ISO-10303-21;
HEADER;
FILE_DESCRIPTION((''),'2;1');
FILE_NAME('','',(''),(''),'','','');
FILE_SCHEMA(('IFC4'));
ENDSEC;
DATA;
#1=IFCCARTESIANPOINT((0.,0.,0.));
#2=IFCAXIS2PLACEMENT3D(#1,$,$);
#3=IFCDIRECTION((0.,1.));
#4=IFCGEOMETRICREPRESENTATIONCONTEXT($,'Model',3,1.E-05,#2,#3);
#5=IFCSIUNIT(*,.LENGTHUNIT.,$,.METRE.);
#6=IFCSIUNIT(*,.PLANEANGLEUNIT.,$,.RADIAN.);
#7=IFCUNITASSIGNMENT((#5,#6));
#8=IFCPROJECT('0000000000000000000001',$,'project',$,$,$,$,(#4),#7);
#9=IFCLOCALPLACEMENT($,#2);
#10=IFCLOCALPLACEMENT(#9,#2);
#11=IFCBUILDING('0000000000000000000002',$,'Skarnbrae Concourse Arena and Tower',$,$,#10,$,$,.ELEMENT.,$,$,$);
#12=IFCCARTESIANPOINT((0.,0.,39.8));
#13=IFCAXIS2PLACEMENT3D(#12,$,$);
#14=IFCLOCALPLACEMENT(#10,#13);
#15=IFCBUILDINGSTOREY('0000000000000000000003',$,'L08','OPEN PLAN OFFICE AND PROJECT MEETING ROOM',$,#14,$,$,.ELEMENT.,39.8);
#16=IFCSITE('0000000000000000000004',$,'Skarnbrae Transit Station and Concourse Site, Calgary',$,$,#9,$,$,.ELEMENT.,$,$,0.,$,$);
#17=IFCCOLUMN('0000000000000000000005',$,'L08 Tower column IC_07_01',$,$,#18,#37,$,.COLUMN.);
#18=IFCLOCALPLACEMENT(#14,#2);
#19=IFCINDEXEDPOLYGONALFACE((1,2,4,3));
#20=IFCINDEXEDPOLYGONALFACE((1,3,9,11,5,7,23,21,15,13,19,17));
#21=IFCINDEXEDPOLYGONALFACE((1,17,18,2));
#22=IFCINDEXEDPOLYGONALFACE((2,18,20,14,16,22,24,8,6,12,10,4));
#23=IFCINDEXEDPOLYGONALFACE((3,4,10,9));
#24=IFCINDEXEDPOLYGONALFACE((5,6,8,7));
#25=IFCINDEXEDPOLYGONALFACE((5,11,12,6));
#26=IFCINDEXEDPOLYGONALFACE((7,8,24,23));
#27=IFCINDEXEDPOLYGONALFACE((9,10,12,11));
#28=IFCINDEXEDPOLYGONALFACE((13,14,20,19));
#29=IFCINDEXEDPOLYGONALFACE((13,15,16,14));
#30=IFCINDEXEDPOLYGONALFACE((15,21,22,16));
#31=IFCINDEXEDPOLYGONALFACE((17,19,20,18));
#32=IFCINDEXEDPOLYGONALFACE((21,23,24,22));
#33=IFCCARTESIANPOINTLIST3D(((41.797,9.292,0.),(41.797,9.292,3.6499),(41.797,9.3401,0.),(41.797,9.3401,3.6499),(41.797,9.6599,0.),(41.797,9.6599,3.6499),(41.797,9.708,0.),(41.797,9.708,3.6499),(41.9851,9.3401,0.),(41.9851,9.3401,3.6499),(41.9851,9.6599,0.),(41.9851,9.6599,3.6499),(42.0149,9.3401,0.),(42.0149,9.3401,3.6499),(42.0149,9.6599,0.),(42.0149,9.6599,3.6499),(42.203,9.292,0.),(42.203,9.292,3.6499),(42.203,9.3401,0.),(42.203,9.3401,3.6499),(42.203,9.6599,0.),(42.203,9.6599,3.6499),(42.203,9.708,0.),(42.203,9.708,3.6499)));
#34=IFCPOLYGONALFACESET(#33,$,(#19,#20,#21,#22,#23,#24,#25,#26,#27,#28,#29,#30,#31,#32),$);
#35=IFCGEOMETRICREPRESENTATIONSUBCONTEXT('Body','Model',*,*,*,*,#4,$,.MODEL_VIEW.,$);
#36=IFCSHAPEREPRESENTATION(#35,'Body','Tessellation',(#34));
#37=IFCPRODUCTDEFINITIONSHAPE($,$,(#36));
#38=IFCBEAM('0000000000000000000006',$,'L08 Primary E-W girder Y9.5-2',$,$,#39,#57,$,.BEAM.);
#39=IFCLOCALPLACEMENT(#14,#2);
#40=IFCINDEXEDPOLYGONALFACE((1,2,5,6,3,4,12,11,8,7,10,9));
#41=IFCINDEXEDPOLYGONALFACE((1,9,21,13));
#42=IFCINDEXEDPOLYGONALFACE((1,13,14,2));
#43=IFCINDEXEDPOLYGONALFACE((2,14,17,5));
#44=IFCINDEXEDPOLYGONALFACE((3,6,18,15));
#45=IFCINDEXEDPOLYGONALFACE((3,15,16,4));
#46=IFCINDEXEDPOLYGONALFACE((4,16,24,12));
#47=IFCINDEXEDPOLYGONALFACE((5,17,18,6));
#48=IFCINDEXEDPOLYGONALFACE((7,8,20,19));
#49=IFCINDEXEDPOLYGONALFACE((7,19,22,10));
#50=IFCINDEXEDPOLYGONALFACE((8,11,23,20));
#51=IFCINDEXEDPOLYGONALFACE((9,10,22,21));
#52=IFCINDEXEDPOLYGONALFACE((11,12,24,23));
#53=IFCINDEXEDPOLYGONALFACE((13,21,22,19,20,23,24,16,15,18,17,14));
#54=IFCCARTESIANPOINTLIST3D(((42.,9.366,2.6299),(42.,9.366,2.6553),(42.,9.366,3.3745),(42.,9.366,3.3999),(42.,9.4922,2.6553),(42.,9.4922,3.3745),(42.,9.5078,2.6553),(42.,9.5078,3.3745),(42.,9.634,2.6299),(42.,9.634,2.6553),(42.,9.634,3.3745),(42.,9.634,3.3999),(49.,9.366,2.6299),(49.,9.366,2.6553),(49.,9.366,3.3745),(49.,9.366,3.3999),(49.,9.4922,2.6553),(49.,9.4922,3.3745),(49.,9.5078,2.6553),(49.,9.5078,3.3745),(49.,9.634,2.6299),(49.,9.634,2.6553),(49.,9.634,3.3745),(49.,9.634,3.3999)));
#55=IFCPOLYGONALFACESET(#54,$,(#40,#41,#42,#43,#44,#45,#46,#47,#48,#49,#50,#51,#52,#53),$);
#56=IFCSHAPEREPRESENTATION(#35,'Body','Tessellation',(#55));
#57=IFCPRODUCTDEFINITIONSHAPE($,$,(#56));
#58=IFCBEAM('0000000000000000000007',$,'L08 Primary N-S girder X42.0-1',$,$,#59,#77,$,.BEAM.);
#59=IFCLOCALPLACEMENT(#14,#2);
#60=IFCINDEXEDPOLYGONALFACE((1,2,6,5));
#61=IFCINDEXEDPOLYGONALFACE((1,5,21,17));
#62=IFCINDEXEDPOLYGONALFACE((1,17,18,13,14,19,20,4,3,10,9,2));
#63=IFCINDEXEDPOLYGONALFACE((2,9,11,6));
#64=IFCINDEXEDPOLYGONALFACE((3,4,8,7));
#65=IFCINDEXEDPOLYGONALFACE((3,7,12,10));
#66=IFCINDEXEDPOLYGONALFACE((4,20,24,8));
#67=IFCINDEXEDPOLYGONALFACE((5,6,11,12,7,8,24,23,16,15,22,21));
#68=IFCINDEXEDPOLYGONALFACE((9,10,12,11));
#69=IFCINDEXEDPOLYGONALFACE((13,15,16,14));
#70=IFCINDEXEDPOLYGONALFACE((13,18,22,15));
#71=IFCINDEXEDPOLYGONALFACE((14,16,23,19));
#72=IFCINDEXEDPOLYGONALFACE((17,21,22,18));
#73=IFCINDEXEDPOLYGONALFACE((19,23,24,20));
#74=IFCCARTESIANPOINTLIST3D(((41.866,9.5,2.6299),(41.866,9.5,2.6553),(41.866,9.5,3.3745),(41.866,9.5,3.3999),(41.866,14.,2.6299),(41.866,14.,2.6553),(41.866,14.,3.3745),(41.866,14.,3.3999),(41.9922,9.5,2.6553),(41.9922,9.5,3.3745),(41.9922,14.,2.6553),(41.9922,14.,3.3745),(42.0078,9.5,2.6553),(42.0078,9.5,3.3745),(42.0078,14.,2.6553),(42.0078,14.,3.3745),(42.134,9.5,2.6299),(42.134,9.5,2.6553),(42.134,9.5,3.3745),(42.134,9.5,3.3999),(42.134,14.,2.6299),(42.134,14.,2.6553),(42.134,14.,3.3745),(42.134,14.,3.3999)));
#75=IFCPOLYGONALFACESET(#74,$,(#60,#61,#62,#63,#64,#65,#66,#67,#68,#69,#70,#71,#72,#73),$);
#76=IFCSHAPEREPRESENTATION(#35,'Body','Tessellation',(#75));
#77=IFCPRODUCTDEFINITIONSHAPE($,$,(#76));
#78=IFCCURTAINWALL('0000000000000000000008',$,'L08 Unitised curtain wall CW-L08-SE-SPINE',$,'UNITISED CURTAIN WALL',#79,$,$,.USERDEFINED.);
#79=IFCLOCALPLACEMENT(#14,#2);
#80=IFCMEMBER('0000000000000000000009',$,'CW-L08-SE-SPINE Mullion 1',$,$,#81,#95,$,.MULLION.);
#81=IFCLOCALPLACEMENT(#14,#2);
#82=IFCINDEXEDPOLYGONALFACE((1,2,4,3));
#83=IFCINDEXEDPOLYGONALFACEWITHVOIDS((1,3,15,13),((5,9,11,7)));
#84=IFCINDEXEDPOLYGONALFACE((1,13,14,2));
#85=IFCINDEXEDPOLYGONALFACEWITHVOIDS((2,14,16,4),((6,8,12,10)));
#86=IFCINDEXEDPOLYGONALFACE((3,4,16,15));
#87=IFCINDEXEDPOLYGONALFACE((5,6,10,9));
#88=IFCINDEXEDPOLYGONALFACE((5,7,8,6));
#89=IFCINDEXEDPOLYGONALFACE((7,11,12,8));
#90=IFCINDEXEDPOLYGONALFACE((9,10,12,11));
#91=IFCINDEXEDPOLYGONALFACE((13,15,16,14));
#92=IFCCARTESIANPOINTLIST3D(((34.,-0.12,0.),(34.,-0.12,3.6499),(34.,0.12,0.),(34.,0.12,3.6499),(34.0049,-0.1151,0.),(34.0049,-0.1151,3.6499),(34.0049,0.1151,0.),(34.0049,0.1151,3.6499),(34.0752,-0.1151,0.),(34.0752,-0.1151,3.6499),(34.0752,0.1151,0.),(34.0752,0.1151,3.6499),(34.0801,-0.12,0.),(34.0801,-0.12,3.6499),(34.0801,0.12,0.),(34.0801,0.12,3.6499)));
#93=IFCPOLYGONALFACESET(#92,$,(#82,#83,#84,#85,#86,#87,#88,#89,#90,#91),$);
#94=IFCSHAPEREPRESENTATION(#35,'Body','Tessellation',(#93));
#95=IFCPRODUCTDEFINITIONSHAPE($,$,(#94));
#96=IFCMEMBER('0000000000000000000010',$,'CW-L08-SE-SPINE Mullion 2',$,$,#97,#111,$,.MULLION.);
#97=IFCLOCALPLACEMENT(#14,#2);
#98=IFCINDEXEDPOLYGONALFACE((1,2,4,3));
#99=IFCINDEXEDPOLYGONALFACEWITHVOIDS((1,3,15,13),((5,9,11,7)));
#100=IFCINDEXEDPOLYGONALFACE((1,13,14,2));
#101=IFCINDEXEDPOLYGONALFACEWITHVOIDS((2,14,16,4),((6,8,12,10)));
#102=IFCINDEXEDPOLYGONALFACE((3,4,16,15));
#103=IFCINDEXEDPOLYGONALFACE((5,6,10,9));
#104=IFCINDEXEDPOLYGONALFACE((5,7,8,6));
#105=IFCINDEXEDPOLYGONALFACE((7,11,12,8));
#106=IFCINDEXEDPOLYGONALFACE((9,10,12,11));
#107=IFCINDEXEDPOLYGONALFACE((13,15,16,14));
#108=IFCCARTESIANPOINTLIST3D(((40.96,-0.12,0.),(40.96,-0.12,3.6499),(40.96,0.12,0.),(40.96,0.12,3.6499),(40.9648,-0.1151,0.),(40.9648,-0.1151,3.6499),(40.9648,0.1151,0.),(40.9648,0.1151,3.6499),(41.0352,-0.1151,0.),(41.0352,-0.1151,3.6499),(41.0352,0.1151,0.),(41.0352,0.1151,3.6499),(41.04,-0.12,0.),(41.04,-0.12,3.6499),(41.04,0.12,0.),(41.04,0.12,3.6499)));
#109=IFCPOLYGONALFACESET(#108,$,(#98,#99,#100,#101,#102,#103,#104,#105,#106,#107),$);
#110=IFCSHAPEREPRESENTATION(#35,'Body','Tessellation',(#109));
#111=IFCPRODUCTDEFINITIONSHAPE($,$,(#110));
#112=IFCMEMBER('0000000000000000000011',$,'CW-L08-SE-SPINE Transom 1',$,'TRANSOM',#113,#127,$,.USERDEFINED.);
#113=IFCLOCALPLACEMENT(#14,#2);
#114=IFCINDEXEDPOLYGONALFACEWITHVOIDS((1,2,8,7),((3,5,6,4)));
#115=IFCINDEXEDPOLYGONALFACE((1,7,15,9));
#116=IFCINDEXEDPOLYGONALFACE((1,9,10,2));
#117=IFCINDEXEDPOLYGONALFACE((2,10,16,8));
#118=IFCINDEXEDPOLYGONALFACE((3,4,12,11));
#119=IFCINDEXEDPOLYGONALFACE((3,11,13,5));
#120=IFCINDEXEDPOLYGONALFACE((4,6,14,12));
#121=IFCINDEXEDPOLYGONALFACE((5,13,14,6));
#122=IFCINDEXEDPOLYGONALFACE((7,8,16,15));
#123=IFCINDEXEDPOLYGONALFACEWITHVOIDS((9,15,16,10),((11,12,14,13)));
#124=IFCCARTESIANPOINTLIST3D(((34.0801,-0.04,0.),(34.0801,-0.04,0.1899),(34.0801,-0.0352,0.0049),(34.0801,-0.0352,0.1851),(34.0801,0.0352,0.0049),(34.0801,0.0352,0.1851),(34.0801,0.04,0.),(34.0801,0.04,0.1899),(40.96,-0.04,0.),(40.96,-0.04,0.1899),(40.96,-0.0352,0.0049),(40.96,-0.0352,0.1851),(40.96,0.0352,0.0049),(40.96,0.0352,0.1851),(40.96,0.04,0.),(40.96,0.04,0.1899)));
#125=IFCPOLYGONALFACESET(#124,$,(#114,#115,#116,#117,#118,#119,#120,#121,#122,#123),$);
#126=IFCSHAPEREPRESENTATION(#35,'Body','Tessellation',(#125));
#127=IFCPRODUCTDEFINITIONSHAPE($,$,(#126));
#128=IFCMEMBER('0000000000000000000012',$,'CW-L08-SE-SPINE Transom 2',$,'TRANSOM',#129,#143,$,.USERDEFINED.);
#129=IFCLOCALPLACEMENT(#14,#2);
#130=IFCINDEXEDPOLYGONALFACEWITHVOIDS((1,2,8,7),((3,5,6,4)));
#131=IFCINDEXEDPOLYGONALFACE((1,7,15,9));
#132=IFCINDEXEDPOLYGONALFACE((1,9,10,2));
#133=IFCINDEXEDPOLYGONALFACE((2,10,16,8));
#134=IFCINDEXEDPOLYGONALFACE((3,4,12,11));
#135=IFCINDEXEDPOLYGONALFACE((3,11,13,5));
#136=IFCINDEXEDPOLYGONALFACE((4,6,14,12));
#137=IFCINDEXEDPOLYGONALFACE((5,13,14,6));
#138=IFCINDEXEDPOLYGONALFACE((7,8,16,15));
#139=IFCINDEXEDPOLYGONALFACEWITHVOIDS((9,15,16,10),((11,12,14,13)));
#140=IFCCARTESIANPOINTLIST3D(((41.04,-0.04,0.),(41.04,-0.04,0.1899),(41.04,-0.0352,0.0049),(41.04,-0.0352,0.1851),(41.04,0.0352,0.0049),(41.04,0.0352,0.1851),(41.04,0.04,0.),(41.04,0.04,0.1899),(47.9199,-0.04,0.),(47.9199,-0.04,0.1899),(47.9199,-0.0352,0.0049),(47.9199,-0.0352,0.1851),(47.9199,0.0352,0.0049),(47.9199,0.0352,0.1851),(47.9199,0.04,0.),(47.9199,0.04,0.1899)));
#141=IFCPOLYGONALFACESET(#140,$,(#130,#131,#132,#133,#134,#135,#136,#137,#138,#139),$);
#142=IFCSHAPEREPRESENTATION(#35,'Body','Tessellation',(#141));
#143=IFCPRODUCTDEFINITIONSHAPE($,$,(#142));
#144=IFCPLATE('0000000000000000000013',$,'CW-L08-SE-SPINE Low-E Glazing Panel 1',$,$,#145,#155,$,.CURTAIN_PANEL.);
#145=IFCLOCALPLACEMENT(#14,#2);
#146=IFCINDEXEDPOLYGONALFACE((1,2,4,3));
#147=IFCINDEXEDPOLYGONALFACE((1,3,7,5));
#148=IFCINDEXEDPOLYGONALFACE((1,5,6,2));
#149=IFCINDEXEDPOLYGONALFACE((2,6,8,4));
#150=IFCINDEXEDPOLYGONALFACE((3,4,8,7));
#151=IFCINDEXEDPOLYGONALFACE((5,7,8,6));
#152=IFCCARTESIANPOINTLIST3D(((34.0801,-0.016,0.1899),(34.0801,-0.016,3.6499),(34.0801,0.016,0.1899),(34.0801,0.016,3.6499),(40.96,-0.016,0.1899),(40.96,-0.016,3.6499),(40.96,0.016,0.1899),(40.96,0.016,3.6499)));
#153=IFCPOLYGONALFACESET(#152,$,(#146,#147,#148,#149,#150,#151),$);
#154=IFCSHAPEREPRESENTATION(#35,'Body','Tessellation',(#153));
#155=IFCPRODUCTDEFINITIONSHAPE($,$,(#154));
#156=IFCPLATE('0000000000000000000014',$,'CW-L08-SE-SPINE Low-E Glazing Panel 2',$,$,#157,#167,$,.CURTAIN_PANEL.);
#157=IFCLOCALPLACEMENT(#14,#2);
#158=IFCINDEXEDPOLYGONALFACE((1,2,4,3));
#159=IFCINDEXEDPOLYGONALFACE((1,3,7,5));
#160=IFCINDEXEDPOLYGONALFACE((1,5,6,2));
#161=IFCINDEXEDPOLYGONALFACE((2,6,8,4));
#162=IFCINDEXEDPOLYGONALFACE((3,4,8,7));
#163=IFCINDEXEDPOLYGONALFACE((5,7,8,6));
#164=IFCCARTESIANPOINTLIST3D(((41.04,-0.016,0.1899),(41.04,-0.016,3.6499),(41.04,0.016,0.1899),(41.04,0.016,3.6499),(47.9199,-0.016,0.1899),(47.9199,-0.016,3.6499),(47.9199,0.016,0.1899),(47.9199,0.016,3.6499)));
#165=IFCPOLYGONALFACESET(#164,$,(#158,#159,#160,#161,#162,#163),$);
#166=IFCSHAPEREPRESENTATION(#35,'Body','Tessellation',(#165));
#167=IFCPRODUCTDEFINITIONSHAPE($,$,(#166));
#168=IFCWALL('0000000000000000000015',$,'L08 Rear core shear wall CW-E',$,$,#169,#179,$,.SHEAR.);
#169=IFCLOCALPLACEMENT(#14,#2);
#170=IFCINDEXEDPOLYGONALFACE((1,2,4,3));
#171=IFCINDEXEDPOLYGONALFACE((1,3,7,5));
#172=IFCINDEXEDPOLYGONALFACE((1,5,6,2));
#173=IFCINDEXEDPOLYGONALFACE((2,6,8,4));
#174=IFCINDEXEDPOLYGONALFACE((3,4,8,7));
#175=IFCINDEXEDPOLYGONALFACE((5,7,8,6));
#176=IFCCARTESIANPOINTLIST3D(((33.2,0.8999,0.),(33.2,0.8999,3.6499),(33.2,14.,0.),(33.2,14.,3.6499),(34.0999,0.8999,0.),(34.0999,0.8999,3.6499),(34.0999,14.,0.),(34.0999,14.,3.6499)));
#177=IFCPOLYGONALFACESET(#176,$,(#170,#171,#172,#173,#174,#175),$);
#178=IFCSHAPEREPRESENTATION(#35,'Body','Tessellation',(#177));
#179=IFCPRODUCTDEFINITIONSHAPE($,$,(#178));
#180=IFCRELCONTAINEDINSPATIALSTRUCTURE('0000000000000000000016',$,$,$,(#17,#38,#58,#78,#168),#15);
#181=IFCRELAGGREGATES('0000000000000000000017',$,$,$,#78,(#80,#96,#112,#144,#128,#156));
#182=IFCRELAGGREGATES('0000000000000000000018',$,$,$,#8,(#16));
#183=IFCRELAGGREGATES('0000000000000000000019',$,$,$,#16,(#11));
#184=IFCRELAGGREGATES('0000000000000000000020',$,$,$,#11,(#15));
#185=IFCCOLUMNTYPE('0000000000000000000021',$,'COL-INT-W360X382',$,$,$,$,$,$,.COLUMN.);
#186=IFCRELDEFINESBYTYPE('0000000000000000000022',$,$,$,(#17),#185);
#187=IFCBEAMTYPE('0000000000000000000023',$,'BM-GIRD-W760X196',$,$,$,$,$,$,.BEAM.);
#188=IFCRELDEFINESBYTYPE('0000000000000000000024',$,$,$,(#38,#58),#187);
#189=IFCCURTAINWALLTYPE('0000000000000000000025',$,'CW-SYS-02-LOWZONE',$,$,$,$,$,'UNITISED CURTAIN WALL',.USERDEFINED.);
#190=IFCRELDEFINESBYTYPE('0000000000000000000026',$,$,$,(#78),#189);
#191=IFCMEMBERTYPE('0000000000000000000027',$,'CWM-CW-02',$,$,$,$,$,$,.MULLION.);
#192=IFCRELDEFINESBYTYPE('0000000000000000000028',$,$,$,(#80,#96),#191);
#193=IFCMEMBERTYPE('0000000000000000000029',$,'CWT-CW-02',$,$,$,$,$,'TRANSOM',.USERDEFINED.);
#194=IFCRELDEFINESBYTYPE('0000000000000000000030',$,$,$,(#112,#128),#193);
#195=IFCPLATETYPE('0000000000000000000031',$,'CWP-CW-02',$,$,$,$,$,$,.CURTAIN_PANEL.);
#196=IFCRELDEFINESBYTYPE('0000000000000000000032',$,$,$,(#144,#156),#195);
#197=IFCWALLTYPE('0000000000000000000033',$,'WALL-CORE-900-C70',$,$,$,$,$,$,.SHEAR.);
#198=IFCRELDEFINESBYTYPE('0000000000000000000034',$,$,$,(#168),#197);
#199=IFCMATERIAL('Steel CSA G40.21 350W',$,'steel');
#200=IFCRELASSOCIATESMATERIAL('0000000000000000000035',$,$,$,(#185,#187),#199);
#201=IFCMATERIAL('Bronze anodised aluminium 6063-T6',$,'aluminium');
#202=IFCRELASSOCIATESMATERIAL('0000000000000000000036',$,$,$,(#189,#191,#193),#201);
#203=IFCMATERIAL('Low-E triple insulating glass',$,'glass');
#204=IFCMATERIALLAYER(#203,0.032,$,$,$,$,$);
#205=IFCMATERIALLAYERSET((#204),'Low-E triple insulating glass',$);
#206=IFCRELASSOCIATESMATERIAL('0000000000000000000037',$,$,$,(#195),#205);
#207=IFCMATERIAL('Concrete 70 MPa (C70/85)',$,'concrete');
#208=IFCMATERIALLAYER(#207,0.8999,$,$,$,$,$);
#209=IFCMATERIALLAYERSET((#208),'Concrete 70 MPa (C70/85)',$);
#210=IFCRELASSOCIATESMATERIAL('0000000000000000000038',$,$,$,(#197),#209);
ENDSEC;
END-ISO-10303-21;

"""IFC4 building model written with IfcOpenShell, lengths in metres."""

from ifc_helpers import new_model, si_unit, direction, frame, frame_2d, origin, origin_2d, place, context, subcontext, project, spatial, rectangle, hollow_rectangle, i_section, extrude, source, transform, mapped, material, layer, layer_set, material_profile, profile_set, type_object, element, aggregate, save


model = new_model("IFC4")

# Units and contexts
model_context = context("Model", 3, precision=1e-05, world=origin(), true_north=direction((0.0, 1.0)))
body_context = subcontext(model_context, "Body", "Model", "MODEL_VIEW")
ifc_project = project(units=[si_unit("LENGTHUNIT", "METRE"), si_unit("PLANEANGLEUNIT", "RADIAN")], contexts=[model_context])

# Site, building, storey
site_placement = place(None, origin())
site = spatial("IfcSite", under=ifc_project, at=site_placement, Name="Skarnbrae Transit Station and Concourse Site, Calgary", CompositionType="ELEMENT", RefElevation=0.0)
building_placement = place(site_placement, origin())
building = spatial("IfcBuilding", under=site, at=building_placement, Name="Skarnbrae Concourse Arena and Tower", CompositionType="ELEMENT")
storey_placement = place(building_placement, frame((0.0, 0.0, 39.8)))
storey = spatial("IfcBuildingStorey", under=building, at=storey_placement, Name="L08", Description="OPEN PLAN OFFICE AND PROJECT MEETING ROOM", CompositionType="ELEMENT", Elevation=39.8)

# Column
ifc_material_1 = material(Name="Steel CSA G40.21 350W", Category="steel")
ifc_material_profile_1 = material_profile(ifc_material_1, i_section(OverallWidth=0.406, OverallDepth=0.416, WebThickness=0.0298, FlangeThickness=0.0481, at=origin_2d()), Name="W360X382")
ifc_profile_set_1 = profile_set([ifc_material_profile_1], Name="Steel CSA G40.21 350W")
column_type = type_object("IfcColumnType", Name="COL-INT-W360X382", PredefinedType="COLUMN", material=ifc_profile_set_1)
shared_shape_1 = source(origin(), body_context, "Body", "SweptSolid", [
    extrude(i_section(OverallWidth=0.406, OverallDepth=0.416, WebThickness=0.0298, FlangeThickness=0.0481, at=origin_2d()), origin(), (0.0, 0.0, 1.0), 3.6499),
])
column_placement = place(storey_placement, frame((42.0, 9.5, 0.0), z_axis=(0.0, 0.0, 1.0), x_axis=(1.0, 0.0, 0.0)))
element("IfcColumn", 1, at=column_placement, inside=storey, type_object=column_type, Name="L08 Tower column IC_07_01", PredefinedType="COLUMN", context=body_context, shape_type="MappedRepresentation", body=[
    mapped(shared_shape_1, transform((0.0, 0.0, 0.0))),
])

# Beams
ifc_material_profile_2 = material_profile(ifc_material_1, i_section(OverallWidth=0.2681, OverallDepth=0.77, WebThickness=0.0156, FlangeThickness=0.0254, at=origin_2d()), Name="W760X196")
ifc_profile_set_2 = profile_set([ifc_material_profile_2], Name="Steel CSA G40.21 350W")
beam_type = type_object("IfcBeamType", Name="BM-GIRD-W760X196", PredefinedType="BEAM", material=ifc_profile_set_2)
shared_shape_2 = source(origin(), body_context, "Body", "SweptSolid", [
    extrude(i_section(OverallWidth=0.2681, OverallDepth=0.77, WebThickness=0.0156, FlangeThickness=0.0254, at=origin_2d()), origin(), (0.0, 0.0, 1.0), 7.0),
])
beam_1_placement = place(storey_placement, frame((42.0, 9.5, 3.0149), z_axis=(1.0, 0.0, 0.0), x_axis=(0.0, 1.0, 0.0)))
element("IfcBeam", 2, at=beam_1_placement, inside=storey, type_object=beam_type, Name="L08 Primary E-W girder Y9.5-2", PredefinedType="BEAM", context=body_context, shape_type="MappedRepresentation", body=[
    mapped(shared_shape_2, transform((0.0, 0.0, 0.0))),
])
shared_shape_3 = source(origin(), body_context, "Body", "SweptSolid", [
    extrude(i_section(OverallWidth=0.2681, OverallDepth=0.77, WebThickness=0.0156, FlangeThickness=0.0254, at=origin_2d()), origin(), (0.0, 0.0, 1.0), 4.5),
])
beam_2_placement = place(storey_placement, frame((42.0, 9.5, 3.0149), z_axis=(0.0, 1.0, 0.0), x_axis=(-1.0, 0.0, 0.0)))
element("IfcBeam", 3, at=beam_2_placement, inside=storey, type_object=beam_type, Name="L08 Primary N-S girder X42.0-1", PredefinedType="BEAM", context=body_context, shape_type="MappedRepresentation", body=[
    mapped(shared_shape_3, transform((0.0, 0.0, 0.0))),
])

# Curtain wall, members, plates
ifc_material_2 = material(Name="Bronze anodised aluminium 6063-T6", Category="aluminium")
curtain_wall_type = type_object("IfcCurtainWallType", Name="CW-SYS-02-LOWZONE", ElementType="UNITISED CURTAIN WALL", PredefinedType="USERDEFINED", material=ifc_material_2)
curtain_wall_placement = place(storey_placement, origin())
curtain_wall = element("IfcCurtainWall", 4, at=curtain_wall_placement, inside=storey, type_object=curtain_wall_type, Name="L08 Unitised curtain wall CW-L08-SE-SPINE", ObjectType="UNITISED CURTAIN WALL", PredefinedType="USERDEFINED")
ifc_material_profile_3 = material_profile(ifc_material_2, hollow_rectangle(XDim=0.0801, YDim=0.24, WallThickness=0.0049, at=origin_2d()), Name="ALU-MULL-80X240")
ifc_profile_set_3 = profile_set([ifc_material_profile_3], Name="Bronze anodised aluminium 6063-T6")
member_type_1 = type_object("IfcMemberType", Name="CWM-CW-02", PredefinedType="MULLION", material=ifc_profile_set_3)
shared_shape_4 = source(origin(), body_context, "Body", "SweptSolid", [
    extrude(hollow_rectangle(XDim=0.0801, YDim=0.24, WallThickness=0.0049, at=origin_2d()), origin(), (0.0, 0.0, 1.0), 3.6499),
])
member_1_placement = place(storey_placement, frame((34.04, 0.0, 0.0), z_axis=(0.0, 0.0, 1.0), x_axis=(1.0, 0.0, 0.0)))
member_1 = element("IfcMember", 5, at=member_1_placement, type_object=member_type_1, Name="CW-L08-SE-SPINE Mullion 1", PredefinedType="MULLION", context=body_context, shape_type="MappedRepresentation", body=[
    mapped(shared_shape_4, transform((0.0, 0.0, 0.0))),
])
member_2_placement = place(storey_placement, frame((41.0, 0.0, 0.0), z_axis=(0.0, 0.0, 1.0), x_axis=(1.0, 0.0, 0.0)))
member_2 = element("IfcMember", 6, at=member_2_placement, type_object=member_type_1, Name="CW-L08-SE-SPINE Mullion 2", PredefinedType="MULLION", context=body_context, shape_type="MappedRepresentation", body=[
    mapped(shared_shape_4, transform((0.0, 0.0, 0.0))),
])
ifc_material_profile_4 = material_profile(ifc_material_2, hollow_rectangle(XDim=0.0801, YDim=0.1899, WallThickness=0.0049, at=origin_2d()), Name="ALU-TRAN-80X190")
ifc_profile_set_4 = profile_set([ifc_material_profile_4], Name="Bronze anodised aluminium 6063-T6")
member_type_2 = type_object("IfcMemberType", Name="CWT-CW-02", ElementType="TRANSOM", PredefinedType="USERDEFINED", material=ifc_profile_set_4)
shared_shape_5 = source(origin(), body_context, "Body", "SweptSolid", [
    extrude(hollow_rectangle(XDim=0.0801, YDim=0.1899, WallThickness=0.0049, at=origin_2d()), origin(), (0.0, 0.0, 1.0), 6.8799),
])
member_3_placement = place(storey_placement, frame((34.0801, 0.0, 0.095), z_axis=(1.0, 0.0, 0.0), x_axis=(0.0, 1.0, 0.0)))
member_3 = element("IfcMember", 7, at=member_3_placement, type_object=member_type_2, Name="CW-L08-SE-SPINE Transom 1", ObjectType="TRANSOM", PredefinedType="USERDEFINED", context=body_context, shape_type="MappedRepresentation", body=[
    mapped(shared_shape_5, transform((0.0, 0.0, 0.0))),
])
member_4_placement = place(storey_placement, frame((41.04, 0.0, 0.095), z_axis=(1.0, 0.0, 0.0), x_axis=(0.0, 1.0, 0.0)))
member_4 = element("IfcMember", 8, at=member_4_placement, type_object=member_type_2, Name="CW-L08-SE-SPINE Transom 2", ObjectType="TRANSOM", PredefinedType="USERDEFINED", context=body_context, shape_type="MappedRepresentation", body=[
    mapped(shared_shape_5, transform((0.0, 0.0, 0.0))),
])
ifc_material_3 = material(Name="Low-E triple insulating glass", Category="glass")
ifc_layer_1 = layer(ifc_material_3, 0.032)
ifc_layer_set_1 = layer_set([ifc_layer_1], Name="Low-E triple insulating glass")
plate_type = type_object("IfcPlateType", Name="CWP-CW-02", PredefinedType="CURTAIN_PANEL", material=ifc_layer_set_1)
shared_shape_6 = source(origin(), body_context, "Body", "SweptSolid", [
    extrude(rectangle(XDim=6.8799, YDim=0.032, at=origin_2d()), origin(), (0.0, 0.0, 1.0), 3.46),
])
plate_1_placement = place(storey_placement, frame((37.52, 0.0, 0.1899), z_axis=(0.0, 0.0, 1.0), x_axis=(1.0, 0.0, 0.0)))
plate_1 = element("IfcPlate", 9, at=plate_1_placement, type_object=plate_type, Name="CW-L08-SE-SPINE Low-E Glazing Panel 1", PredefinedType="CURTAIN_PANEL", context=body_context, shape_type="MappedRepresentation", body=[
    mapped(shared_shape_6, transform((0.0, 0.0, 0.0))),
])
plate_2_placement = place(storey_placement, frame((44.48, 0.0, 0.1899), z_axis=(0.0, 0.0, 1.0), x_axis=(1.0, 0.0, 0.0)))
plate_2 = element("IfcPlate", 10, at=plate_2_placement, type_object=plate_type, Name="CW-L08-SE-SPINE Low-E Glazing Panel 2", PredefinedType="CURTAIN_PANEL", context=body_context, shape_type="MappedRepresentation", body=[
    mapped(shared_shape_6, transform((0.0, 0.0, 0.0))),
])
aggregate(curtain_wall, [member_1, member_2, member_3, plate_1, member_4, plate_2])

# Wall
ifc_material_4 = material(Name="Concrete 70 MPa (C70/85)", Category="concrete")
ifc_layer_2 = layer(ifc_material_4, 0.8999)
ifc_layer_set_2 = layer_set([ifc_layer_2], Name="Concrete 70 MPa (C70/85)")
wall_type_1 = type_object("IfcWallType", Name="WALL-CORE-900-C70", PredefinedType="SHEAR", material=ifc_layer_set_2)
shared_shape_7 = source(origin(), body_context, "Body", "SweptSolid", [
    extrude(rectangle(XDim=13.1001, YDim=0.8999, at=frame_2d((6.55, 0.0))), origin(), (0.0, 0.0, 1.0), 3.6499),
])
wall_1_placement = place(storey_placement, frame((33.6499, 0.8999, 0.0), z_axis=(0.0, 0.0, 1.0), x_axis=(0.0, 1.0, 0.0)))
element("IfcWall", 11, at=wall_1_placement, inside=storey, type_object=wall_type_1, Name="L08 Rear core shear wall CW-E", PredefinedType="SHEAR", context=body_context, shape_type="MappedRepresentation", body=[
    mapped(shared_shape_7, transform((0.0, 0.0, 0.0))),
])

save(model, "model.ifc")
